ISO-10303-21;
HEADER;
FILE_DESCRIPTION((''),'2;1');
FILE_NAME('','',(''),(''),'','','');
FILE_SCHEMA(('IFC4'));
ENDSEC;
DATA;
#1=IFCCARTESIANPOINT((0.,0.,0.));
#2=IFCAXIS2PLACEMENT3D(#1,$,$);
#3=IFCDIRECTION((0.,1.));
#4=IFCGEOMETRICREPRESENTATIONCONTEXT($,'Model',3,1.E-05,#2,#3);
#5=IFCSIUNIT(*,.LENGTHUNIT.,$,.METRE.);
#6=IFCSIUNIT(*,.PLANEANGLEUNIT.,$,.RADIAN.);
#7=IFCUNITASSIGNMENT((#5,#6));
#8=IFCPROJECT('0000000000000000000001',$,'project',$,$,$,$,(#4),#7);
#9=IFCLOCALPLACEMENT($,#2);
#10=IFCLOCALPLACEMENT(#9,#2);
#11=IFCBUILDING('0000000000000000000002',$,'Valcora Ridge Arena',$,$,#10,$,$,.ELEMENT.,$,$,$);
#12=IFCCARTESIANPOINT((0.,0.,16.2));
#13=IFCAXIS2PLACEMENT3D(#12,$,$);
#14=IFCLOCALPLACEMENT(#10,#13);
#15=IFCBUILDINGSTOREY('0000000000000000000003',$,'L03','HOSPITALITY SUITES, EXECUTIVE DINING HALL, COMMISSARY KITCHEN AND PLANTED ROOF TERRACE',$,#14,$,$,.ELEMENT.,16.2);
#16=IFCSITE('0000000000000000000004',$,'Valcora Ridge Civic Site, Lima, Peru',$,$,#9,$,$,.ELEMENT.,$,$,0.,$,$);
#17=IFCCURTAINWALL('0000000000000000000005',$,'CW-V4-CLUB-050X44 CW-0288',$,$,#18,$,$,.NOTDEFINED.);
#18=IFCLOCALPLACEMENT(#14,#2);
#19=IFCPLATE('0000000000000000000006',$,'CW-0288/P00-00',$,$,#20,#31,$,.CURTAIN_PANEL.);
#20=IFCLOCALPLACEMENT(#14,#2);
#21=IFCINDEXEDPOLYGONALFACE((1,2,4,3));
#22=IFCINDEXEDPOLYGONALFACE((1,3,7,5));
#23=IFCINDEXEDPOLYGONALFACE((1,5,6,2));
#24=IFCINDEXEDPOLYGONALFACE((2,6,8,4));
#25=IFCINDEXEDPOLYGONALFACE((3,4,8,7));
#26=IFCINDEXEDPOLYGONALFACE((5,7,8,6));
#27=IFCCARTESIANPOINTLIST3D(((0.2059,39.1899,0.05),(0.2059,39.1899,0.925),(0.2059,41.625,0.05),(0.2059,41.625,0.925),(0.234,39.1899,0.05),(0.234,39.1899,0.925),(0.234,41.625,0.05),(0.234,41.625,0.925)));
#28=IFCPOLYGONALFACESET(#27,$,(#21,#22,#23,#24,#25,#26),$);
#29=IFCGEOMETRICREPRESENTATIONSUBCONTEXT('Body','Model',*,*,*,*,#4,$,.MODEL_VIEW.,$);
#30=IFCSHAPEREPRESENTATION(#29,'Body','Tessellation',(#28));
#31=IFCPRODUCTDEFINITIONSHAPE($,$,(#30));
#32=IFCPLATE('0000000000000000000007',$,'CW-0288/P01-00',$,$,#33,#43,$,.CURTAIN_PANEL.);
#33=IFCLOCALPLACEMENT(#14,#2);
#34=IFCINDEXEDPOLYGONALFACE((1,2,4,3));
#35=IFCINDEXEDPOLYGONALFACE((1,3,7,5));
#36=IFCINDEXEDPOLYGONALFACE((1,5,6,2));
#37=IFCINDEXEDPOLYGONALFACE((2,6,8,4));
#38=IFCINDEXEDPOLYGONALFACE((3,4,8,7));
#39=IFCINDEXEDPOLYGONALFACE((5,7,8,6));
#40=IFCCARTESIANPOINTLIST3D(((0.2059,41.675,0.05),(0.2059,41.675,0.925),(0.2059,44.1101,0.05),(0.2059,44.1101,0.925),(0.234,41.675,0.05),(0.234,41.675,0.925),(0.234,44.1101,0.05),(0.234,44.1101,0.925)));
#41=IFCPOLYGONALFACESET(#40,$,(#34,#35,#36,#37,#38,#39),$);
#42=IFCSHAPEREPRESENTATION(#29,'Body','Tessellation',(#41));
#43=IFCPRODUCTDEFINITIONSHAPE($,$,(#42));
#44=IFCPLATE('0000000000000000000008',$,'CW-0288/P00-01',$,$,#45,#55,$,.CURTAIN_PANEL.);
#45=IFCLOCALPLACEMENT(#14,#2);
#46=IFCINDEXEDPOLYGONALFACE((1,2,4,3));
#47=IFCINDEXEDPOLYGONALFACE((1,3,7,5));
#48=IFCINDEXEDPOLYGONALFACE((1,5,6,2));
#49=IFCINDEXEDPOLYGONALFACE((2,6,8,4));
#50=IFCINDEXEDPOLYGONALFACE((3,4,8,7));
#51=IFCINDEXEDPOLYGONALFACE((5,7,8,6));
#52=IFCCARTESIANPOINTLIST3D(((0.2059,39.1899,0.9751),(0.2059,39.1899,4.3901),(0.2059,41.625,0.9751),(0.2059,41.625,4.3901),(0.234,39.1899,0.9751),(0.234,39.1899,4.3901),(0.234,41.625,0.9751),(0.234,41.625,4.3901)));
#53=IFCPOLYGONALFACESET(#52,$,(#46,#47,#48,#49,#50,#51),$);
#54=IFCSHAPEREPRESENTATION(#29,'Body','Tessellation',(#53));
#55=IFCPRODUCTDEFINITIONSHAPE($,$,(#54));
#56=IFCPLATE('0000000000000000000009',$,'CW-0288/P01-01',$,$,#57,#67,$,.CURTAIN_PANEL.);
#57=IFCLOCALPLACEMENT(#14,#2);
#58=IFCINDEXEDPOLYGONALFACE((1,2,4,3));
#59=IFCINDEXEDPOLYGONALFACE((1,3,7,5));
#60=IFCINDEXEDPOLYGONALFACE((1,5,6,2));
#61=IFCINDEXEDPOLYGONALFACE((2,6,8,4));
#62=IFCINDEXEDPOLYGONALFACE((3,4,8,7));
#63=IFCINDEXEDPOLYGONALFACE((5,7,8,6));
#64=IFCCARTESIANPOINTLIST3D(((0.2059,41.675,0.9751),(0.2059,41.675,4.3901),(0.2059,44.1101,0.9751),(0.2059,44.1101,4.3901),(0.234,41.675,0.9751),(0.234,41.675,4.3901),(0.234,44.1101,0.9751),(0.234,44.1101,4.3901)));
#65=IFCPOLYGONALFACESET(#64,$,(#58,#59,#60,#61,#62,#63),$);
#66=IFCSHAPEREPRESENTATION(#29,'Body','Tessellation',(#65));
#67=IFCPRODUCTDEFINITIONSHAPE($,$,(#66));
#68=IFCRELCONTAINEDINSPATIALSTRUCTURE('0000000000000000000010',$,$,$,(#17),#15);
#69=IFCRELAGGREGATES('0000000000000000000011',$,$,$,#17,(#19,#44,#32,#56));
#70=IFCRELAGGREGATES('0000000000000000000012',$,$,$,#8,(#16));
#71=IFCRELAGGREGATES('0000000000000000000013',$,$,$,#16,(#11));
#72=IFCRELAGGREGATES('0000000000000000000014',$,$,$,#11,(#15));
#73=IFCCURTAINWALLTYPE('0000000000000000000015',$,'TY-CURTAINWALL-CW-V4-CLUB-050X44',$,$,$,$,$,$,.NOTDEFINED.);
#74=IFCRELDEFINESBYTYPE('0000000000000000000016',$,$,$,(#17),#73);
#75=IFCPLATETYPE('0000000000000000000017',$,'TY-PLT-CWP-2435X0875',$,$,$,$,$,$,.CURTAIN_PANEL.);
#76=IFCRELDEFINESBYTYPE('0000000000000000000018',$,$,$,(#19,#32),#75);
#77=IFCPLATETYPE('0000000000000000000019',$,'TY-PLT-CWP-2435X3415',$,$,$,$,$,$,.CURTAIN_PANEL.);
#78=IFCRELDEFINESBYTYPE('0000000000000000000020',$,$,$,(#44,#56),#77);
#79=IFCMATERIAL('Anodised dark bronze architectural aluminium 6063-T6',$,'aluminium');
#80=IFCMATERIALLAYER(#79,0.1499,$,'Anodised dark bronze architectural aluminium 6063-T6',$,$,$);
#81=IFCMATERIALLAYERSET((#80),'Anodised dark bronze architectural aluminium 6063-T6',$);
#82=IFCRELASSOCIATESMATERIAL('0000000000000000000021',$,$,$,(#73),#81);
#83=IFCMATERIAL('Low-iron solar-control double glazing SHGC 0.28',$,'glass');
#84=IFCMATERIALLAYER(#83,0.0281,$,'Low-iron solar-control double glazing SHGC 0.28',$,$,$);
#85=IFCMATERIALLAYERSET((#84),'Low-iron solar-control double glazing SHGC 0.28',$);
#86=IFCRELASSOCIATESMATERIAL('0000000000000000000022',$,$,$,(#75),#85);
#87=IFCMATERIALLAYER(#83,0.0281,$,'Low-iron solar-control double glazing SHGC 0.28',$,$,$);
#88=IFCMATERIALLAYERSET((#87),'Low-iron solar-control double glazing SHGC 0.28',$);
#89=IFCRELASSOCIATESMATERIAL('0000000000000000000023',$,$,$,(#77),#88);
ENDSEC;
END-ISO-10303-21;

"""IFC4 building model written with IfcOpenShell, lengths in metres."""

from ifc_helpers import new_model, si_unit, direction, frame, origin, origin_2d, place, context, subcontext, project, spatial, rectangle, extrude, material, layer, layer_set, type_object, element, aggregate, save


model = new_model("IFC4")

# Units and contexts
model_context = context("Model", 3, precision=1e-05, world=origin(), true_north=direction((0.0, 1.0)))
body_context = subcontext(model_context, "Body", "Model", "MODEL_VIEW")
ifc_project = project(units=[si_unit("LENGTHUNIT", "METRE"), si_unit("PLANEANGLEUNIT", "RADIAN")], contexts=[model_context])

# Site, building, storey
site_placement = place(None, origin())
site = spatial("IfcSite", under=ifc_project, at=site_placement, Name="Valcora Ridge Civic Site, Lima, Peru", CompositionType="ELEMENT", RefElevation=0.0)
building_placement = place(site_placement, origin())
building = spatial("IfcBuilding", under=site, at=building_placement, Name="Valcora Ridge Arena", CompositionType="ELEMENT")
storey_placement = place(building_placement, frame((0.0, 0.0, 16.2)))
storey = spatial("IfcBuildingStorey", under=building, at=storey_placement, Name="L03", Description="HOSPITALITY SUITES, EXECUTIVE DINING HALL, COMMISSARY KITCHEN AND PLANTED ROOF TERRACE", CompositionType="ELEMENT", Elevation=16.2)

# Curtain wall
ifc_material_1 = material(Name="Anodised dark bronze architectural aluminium 6063-T6", Category="aluminium")
ifc_layer_1 = layer(ifc_material_1, 0.1499, Name="Anodised dark bronze architectural aluminium 6063-T6")
ifc_layer_set_1 = layer_set([ifc_layer_1], Name="Anodised dark bronze architectural aluminium 6063-T6")
curtain_wall_type_1 = type_object("IfcCurtainWallType", Name="TY-CURTAINWALL-CW-V4-CLUB-050X44", PredefinedType="NOTDEFINED", material=ifc_layer_set_1)
curtain_wall_1_placement = place(storey_placement, origin())
curtain_wall_1 = element("IfcCurtainWall", 1, at=curtain_wall_1_placement, inside=storey, type_object=curtain_wall_type_1, Name="CW-V4-CLUB-050X44 CW-0288", PredefinedType="NOTDEFINED")

# Plates
ifc_material_2 = material(Name="Low-iron solar-control double glazing SHGC 0.28", Category="glass")
ifc_layer_2 = layer(ifc_material_2, 0.0281, Name="Low-iron solar-control double glazing SHGC 0.28")
ifc_layer_set_2 = layer_set([ifc_layer_2], Name="Low-iron solar-control double glazing SHGC 0.28")
plate_type_1 = type_object("IfcPlateType", Name="TY-PLT-CWP-2435X0875", PredefinedType="CURTAIN_PANEL", material=ifc_layer_set_2)
plate_1_placement = place(storey_placement, frame((0.22, 40.4075, 0.05), z_axis=(0.0, 0.0, 1.0), x_axis=(0.0, 1.0, 0.0)))
plate_1 = element("IfcPlate", 2, at=plate_1_placement, type_object=plate_type_1, Name="CW-0288/P00-00", PredefinedType="CURTAIN_PANEL", context=body_context, shape_type="SweptSolid", body=[
    extrude(rectangle(XDim=2.4351, YDim=0.0281, at=origin_2d()), origin(), (0.0, 0.0, 1.0), 0.875),
])
plate_2_placement = place(storey_placement, frame((0.22, 42.8926, 0.05), z_axis=(0.0, 0.0, 1.0), x_axis=(0.0, 1.0, 0.0)))
plate_2 = element("IfcPlate", 3, at=plate_2_placement, type_object=plate_type_1, Name="CW-0288/P01-00", PredefinedType="CURTAIN_PANEL", context=body_context, shape_type="SweptSolid", body=[
    extrude(rectangle(XDim=2.4351, YDim=0.0281, at=origin_2d()), origin(), (0.0, 0.0, 1.0), 0.875),
])
ifc_layer_3 = layer(ifc_material_2, 0.0281, Name="Low-iron solar-control double glazing SHGC 0.28")
ifc_layer_set_3 = layer_set([ifc_layer_3], Name="Low-iron solar-control double glazing SHGC 0.28")
plate_type_2 = type_object("IfcPlateType", Name="TY-PLT-CWP-2435X3415", PredefinedType="CURTAIN_PANEL", material=ifc_layer_set_3)
plate_3_placement = place(storey_placement, frame((0.22, 40.4075, 0.9751), z_axis=(0.0, 0.0, 1.0), x_axis=(0.0, 1.0, 0.0)))
plate_3 = element("IfcPlate", 4, at=plate_3_placement, type_object=plate_type_2, Name="CW-0288/P00-01", PredefinedType="CURTAIN_PANEL", context=body_context, shape_type="SweptSolid", body=[
    extrude(rectangle(XDim=2.4351, YDim=0.0281, at=origin_2d()), origin(), (0.0, 0.0, 1.0), 3.415),
])
plate_4_placement = place(storey_placement, frame((0.22, 42.8926, 0.9751), z_axis=(0.0, 0.0, 1.0), x_axis=(0.0, 1.0, 0.0)))
plate_4 = element("IfcPlate", 5, at=plate_4_placement, type_object=plate_type_2, Name="CW-0288/P01-01", PredefinedType="CURTAIN_PANEL", context=body_context, shape_type="SweptSolid", body=[
    extrude(rectangle(XDim=2.4351, YDim=0.0281, at=origin_2d()), origin(), (0.0, 0.0, 1.0), 3.415),
])
aggregate(curtain_wall_1, [plate_1, plate_3, plate_2, plate_4])

save(model, "model.ifc")
